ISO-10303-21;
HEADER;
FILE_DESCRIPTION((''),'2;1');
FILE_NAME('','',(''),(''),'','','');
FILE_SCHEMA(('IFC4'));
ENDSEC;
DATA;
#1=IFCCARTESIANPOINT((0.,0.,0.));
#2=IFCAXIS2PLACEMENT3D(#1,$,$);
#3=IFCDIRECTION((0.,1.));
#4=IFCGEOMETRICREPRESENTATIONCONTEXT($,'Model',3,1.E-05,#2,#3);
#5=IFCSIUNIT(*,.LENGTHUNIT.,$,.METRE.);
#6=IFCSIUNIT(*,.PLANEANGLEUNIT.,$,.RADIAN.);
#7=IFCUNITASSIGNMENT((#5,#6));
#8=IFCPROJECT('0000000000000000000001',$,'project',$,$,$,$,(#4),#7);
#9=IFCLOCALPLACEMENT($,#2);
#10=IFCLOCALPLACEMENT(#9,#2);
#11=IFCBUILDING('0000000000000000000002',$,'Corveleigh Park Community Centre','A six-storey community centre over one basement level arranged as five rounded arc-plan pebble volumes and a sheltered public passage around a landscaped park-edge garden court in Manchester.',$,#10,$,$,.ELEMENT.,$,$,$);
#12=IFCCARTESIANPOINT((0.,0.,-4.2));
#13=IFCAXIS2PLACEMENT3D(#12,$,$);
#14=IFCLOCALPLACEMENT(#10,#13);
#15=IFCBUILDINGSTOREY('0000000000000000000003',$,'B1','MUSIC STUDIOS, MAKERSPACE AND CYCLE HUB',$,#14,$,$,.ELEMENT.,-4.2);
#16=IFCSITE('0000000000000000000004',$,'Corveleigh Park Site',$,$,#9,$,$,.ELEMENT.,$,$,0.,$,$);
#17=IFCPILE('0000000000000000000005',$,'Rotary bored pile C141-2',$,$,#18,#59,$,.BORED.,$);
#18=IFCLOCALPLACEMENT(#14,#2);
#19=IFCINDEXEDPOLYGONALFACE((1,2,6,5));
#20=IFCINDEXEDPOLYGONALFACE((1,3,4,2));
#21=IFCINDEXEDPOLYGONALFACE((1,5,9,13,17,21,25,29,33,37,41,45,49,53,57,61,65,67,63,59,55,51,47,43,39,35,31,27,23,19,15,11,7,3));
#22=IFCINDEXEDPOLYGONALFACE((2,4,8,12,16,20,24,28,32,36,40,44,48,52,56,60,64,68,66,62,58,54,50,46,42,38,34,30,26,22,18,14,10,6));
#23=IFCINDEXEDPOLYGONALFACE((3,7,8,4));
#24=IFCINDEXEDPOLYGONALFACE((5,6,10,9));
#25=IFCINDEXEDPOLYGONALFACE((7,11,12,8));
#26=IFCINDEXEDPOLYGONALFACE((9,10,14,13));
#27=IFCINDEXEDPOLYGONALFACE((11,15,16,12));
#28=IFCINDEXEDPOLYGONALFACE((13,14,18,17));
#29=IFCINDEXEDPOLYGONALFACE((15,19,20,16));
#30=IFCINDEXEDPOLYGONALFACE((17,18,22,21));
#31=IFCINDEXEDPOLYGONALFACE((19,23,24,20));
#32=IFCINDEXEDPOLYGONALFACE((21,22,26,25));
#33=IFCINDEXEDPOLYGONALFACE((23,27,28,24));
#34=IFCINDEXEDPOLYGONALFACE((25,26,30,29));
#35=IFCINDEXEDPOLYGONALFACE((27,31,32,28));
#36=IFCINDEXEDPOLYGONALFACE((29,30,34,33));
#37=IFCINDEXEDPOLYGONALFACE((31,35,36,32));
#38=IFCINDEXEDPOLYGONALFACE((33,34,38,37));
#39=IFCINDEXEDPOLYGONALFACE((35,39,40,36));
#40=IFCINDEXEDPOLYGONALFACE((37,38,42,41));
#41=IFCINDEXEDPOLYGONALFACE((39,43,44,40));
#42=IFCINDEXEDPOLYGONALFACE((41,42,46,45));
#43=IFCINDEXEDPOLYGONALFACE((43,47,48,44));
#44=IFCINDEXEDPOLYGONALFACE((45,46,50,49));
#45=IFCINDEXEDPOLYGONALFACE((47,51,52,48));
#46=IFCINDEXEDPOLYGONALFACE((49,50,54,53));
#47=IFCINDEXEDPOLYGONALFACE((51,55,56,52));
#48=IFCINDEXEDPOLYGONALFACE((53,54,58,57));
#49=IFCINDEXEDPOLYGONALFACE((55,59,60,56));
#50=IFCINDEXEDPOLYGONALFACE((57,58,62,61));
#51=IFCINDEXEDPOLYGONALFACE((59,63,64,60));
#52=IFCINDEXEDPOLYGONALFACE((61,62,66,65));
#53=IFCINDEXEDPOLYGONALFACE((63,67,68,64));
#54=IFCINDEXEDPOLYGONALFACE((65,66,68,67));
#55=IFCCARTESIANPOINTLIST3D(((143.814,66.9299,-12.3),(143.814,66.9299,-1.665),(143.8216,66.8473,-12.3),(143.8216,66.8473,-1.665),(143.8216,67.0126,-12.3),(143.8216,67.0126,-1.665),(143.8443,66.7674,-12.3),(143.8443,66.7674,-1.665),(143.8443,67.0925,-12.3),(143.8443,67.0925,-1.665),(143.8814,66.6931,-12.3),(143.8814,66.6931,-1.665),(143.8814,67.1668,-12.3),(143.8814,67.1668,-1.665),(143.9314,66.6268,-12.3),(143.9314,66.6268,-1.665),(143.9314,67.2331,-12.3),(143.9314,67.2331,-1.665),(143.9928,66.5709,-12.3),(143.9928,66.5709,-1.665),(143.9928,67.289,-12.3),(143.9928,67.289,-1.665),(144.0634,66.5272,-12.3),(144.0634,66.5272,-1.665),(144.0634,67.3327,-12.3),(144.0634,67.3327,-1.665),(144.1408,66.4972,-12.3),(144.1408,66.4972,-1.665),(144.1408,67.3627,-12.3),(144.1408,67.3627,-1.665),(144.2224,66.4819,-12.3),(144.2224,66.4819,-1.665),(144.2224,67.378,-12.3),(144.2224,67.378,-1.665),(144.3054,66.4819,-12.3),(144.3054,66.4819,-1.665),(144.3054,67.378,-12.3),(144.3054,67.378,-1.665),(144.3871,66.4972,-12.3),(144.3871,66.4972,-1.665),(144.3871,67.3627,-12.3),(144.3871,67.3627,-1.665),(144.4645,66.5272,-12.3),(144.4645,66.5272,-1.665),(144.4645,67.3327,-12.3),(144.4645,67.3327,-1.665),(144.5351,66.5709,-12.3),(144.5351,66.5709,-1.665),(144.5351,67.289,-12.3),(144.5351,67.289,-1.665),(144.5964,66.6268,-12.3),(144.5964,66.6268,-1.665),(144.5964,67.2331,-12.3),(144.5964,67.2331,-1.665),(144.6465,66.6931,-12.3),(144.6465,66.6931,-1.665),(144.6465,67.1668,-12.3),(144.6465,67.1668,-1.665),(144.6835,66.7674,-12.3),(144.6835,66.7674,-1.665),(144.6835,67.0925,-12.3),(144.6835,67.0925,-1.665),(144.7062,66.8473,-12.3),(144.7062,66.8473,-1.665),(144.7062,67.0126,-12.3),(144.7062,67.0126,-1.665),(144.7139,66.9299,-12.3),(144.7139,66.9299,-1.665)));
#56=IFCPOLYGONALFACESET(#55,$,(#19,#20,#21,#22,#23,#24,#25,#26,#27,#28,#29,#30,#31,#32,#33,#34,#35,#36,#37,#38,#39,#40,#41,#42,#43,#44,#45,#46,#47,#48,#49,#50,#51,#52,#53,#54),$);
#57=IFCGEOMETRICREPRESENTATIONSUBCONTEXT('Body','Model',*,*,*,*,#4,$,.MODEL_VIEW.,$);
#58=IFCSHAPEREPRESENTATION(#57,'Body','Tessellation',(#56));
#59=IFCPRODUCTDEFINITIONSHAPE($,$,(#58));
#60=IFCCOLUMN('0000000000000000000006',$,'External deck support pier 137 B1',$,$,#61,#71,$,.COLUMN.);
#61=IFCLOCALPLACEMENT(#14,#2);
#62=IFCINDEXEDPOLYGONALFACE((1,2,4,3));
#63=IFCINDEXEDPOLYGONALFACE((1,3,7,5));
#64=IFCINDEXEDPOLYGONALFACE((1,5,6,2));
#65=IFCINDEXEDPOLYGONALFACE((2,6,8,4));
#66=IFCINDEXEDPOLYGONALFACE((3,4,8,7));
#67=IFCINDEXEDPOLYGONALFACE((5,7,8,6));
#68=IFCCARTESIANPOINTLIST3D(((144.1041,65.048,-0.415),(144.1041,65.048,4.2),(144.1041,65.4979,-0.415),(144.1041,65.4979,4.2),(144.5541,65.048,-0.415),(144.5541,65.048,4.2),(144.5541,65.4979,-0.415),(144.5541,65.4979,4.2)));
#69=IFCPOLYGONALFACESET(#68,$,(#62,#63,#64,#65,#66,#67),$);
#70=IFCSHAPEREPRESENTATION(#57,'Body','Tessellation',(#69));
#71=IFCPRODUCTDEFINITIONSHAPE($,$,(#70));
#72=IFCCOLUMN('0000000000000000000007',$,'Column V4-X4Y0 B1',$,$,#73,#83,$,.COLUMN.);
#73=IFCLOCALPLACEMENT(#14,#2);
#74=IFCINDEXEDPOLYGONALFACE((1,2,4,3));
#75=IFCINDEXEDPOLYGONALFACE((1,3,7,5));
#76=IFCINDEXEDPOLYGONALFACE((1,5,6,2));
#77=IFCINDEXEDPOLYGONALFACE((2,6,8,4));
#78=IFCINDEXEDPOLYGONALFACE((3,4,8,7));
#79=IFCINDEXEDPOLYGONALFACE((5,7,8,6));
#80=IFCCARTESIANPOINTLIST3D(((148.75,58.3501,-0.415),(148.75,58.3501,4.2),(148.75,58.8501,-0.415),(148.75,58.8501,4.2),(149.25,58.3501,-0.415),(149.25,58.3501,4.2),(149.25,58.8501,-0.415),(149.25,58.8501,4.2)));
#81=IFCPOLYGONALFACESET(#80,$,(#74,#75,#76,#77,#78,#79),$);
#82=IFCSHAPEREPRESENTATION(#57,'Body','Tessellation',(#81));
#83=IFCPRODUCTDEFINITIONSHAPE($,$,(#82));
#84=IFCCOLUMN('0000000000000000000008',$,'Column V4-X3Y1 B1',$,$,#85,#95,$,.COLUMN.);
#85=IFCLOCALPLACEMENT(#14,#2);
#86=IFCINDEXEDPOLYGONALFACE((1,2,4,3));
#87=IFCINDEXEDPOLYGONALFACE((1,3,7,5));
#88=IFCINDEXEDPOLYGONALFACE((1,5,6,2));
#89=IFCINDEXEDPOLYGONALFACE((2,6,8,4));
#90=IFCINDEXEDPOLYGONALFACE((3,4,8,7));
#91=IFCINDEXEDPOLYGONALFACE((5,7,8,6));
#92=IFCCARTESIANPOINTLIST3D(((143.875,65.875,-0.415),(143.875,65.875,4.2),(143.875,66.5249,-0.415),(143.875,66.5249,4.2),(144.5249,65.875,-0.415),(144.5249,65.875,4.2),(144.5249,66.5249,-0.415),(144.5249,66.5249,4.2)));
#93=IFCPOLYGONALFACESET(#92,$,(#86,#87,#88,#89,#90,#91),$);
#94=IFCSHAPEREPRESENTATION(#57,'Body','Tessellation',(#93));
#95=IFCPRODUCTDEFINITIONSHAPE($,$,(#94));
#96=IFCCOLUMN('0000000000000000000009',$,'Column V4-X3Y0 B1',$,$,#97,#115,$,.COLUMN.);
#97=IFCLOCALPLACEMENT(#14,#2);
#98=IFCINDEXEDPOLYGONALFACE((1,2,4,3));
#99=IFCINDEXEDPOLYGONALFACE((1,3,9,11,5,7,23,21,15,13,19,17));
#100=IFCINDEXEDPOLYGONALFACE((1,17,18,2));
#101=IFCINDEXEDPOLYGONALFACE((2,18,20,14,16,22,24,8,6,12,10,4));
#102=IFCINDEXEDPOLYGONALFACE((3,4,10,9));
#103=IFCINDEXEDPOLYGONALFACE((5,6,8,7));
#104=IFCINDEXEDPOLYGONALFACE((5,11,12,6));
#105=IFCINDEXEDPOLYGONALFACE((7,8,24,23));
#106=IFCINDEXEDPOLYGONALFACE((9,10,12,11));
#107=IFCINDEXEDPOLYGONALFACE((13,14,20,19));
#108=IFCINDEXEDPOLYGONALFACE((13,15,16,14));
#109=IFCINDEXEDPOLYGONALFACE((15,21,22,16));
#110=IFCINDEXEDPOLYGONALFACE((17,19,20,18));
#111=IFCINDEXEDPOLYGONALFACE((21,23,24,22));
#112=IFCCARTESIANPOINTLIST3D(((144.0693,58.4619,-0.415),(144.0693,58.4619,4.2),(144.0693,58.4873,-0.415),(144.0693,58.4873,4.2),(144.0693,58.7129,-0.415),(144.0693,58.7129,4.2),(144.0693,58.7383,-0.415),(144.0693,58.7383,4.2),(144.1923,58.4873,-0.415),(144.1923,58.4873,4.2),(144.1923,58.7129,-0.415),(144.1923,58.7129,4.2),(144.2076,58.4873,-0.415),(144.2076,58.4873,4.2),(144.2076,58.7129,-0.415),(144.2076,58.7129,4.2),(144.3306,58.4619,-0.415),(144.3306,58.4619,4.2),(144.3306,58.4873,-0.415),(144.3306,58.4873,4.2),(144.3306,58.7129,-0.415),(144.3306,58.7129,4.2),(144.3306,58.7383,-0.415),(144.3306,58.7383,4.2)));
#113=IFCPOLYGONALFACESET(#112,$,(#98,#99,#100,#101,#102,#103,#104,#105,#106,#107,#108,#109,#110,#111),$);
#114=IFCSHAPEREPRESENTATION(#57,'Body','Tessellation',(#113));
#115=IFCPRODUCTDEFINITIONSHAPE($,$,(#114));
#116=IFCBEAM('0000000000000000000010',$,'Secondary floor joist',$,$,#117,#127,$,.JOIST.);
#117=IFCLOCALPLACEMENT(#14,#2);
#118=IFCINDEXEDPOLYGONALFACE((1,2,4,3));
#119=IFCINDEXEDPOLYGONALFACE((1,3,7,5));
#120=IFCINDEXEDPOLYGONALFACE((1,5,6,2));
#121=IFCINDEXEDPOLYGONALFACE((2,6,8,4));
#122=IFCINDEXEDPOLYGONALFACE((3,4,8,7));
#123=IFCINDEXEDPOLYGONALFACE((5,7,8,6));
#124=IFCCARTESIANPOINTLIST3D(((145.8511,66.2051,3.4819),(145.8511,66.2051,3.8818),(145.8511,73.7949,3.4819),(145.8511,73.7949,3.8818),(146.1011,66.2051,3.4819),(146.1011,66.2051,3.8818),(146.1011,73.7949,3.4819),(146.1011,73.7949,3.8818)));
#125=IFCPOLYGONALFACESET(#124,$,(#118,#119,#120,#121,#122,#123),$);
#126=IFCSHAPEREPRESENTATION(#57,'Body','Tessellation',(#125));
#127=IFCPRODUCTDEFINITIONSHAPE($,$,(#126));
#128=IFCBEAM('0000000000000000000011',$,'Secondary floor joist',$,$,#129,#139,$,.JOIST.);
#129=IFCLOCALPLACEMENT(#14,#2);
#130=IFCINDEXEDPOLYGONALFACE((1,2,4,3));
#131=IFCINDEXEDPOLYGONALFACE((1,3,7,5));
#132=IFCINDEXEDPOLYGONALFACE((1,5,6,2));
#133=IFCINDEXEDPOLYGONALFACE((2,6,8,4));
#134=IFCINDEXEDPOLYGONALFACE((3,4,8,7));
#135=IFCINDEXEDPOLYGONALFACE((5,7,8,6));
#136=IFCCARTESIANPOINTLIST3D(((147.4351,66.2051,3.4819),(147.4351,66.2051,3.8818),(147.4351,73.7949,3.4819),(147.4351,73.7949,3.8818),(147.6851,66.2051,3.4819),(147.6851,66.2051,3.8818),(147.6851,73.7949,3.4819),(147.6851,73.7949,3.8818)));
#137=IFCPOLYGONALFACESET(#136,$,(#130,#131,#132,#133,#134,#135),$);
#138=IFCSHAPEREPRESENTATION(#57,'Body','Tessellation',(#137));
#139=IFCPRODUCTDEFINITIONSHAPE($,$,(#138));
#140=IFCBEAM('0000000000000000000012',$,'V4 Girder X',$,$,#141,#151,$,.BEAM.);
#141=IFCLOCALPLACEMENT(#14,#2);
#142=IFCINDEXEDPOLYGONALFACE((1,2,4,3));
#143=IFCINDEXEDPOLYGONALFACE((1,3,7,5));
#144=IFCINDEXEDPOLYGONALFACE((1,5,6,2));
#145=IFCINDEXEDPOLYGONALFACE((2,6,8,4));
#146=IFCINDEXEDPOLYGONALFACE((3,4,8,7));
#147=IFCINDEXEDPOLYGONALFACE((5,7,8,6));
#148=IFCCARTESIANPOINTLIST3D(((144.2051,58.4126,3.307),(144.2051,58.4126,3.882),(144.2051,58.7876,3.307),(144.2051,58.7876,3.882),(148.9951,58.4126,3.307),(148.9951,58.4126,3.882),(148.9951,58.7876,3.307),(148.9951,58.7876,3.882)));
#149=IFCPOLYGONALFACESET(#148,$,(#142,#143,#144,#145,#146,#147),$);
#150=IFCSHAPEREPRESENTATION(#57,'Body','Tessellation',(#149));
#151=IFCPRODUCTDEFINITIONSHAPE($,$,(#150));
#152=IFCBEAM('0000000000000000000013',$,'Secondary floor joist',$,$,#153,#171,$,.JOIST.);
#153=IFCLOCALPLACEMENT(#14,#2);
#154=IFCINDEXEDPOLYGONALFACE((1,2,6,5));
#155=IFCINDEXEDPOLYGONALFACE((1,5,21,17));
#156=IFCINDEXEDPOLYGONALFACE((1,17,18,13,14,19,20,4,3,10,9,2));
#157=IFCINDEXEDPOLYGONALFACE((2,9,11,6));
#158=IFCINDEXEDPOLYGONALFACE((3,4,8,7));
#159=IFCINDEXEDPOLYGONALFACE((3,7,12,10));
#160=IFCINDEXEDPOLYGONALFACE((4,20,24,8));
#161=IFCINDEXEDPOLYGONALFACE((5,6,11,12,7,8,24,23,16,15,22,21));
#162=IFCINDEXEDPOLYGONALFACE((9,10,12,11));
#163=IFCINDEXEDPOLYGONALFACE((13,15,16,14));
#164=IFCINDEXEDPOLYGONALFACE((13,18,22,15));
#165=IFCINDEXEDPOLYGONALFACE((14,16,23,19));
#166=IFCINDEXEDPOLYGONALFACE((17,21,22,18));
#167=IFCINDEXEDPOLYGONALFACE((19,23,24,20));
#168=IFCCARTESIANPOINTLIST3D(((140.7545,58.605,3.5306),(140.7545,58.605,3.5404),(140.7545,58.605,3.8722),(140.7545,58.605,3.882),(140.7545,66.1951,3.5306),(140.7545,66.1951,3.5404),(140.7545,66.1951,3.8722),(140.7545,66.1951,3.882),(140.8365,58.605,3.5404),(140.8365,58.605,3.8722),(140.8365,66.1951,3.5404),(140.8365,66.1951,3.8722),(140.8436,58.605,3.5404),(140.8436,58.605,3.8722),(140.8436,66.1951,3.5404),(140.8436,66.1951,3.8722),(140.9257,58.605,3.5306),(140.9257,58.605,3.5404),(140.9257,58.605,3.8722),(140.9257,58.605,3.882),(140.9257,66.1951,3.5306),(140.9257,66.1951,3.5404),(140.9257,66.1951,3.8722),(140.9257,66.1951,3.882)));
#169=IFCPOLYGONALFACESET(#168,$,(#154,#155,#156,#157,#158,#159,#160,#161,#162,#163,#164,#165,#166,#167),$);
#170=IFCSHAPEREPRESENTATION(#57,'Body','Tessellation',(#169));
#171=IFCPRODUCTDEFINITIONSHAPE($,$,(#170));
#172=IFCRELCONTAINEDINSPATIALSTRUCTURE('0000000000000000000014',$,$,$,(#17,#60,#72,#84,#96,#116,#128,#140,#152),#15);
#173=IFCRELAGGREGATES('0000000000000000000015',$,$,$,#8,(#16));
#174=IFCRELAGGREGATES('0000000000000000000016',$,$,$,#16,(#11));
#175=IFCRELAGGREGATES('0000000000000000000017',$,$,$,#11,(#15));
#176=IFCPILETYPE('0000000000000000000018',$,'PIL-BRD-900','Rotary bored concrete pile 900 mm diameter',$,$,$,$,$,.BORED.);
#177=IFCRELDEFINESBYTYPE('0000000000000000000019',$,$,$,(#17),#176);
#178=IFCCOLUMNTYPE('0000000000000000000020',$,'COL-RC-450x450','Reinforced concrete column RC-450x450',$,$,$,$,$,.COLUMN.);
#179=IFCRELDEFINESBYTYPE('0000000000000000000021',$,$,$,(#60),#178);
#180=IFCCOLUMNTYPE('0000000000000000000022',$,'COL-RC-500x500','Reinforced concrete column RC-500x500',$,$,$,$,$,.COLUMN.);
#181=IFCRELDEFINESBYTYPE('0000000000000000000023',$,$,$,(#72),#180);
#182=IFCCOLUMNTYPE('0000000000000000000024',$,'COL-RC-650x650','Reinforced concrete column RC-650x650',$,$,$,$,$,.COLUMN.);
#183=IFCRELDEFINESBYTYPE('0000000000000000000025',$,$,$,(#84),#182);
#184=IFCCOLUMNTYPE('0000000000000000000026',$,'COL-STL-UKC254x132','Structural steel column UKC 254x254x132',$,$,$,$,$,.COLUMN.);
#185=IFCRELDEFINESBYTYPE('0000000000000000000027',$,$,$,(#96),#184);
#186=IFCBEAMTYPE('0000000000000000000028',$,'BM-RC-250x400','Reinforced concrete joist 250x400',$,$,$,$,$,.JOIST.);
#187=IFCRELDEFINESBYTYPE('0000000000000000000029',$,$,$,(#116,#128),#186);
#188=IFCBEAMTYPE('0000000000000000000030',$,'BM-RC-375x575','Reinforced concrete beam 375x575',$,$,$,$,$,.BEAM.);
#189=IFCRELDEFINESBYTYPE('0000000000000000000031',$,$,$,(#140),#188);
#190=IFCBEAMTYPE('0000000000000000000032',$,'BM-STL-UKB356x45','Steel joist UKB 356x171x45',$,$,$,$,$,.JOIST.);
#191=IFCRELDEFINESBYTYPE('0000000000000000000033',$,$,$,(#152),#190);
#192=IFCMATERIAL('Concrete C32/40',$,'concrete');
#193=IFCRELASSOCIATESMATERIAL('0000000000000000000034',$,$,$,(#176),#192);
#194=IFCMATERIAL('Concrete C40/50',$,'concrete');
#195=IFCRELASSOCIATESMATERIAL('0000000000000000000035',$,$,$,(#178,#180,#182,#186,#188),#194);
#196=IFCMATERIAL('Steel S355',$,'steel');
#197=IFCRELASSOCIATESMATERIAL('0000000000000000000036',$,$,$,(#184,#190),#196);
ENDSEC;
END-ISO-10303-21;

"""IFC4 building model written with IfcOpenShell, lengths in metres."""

from ifc_helpers import new_model, si_unit, direction, frame, origin, origin_2d, place, context, subcontext, project, spatial, rectangle, circle, i_section, extrude, material, material_profile, profile_set, type_object, element, save


model = new_model("IFC4")

# Units and contexts
model_context = context("Model", 3, precision=1e-05, world=origin(), true_north=direction((0.0, 1.0)))
body_context = subcontext(model_context, "Body", "Model", "MODEL_VIEW")
ifc_project = project(units=[si_unit("LENGTHUNIT", "METRE"), si_unit("PLANEANGLEUNIT", "RADIAN")], contexts=[model_context])

# Site, building, storey
site_placement = place(None, origin())
site = spatial("IfcSite", under=ifc_project, at=site_placement, Name="Corveleigh Park Site", CompositionType="ELEMENT", RefElevation=0.0)
building_placement = place(site_placement, origin())
building = spatial("IfcBuilding", under=site, at=building_placement, Name="Corveleigh Park Community Centre", Description="A six-storey community centre over one basement level arranged as five rounded arc-plan pebble volumes and a sheltered public passage around a landscaped park-edge garden court in Manchester.", CompositionType="ELEMENT")
storey_placement = place(building_placement, frame((0.0, 0.0, -4.2)))
storey = spatial("IfcBuildingStorey", under=building, at=storey_placement, Name="B1", Description="MUSIC STUDIOS, MAKERSPACE AND CYCLE HUB", CompositionType="ELEMENT", Elevation=-4.2)

# Shared definitions
ifc_material_1 = material(Name="Concrete C40/50", Category="concrete")

# Pile
ifc_material_2 = material(Name="Concrete C32/40", Category="concrete")
ifc_material_profile_1 = material_profile(ifc_material_2, circle(Radius=0.45, at=origin_2d()), Name="BORED-PILE-900", Category="concrete")
ifc_profile_set_1 = profile_set([ifc_material_profile_1], Name="Concrete C32/40")
pile_type = type_object("IfcPileType", Name="PIL-BRD-900", Description="Rotary bored concrete pile 900 mm diameter", PredefinedType="BORED", material=ifc_profile_set_1)
for number, where, z_axis, x_axis, name in (
    (1, (144.2639, 66.9299, -1.665), (0.0, 0.0, -1.0), (1.0, 0.0, 0.0), "Rotary bored pile C141-2"),
):
    element("IfcPile", number, at=place(storey_placement, frame(where, z_axis=z_axis, x_axis=x_axis)), inside=storey, type_object=pile_type, Name=name, PredefinedType="BORED", context=body_context, shape_type="SweptSolid", body=[
        extrude(circle(Radius=0.45, at=origin_2d()), origin(), (0.0, 0.0, 1.0), 10.635),
    ])

# Columns
ifc_material_profile_2 = material_profile(ifc_material_1, rectangle(XDim=0.45, YDim=0.45, at=origin_2d()), Name="RC-450x450", Category="concrete")
ifc_profile_set_2 = profile_set([ifc_material_profile_2], Name="Concrete C40/50")
column_type_1 = type_object("IfcColumnType", Name="COL-RC-450x450", Description="Reinforced concrete column RC-450x450", PredefinedType="COLUMN", material=ifc_profile_set_2)
column_1_placement = place(storey_placement, frame((144.3291, 65.2729, -0.415), z_axis=(0.0, 0.0, 1.0), x_axis=(1.0, 0.0, 0.0)))
element("IfcColumn", 2, at=column_1_placement, inside=storey, type_object=column_type_1, Name="External deck support pier 137 B1", PredefinedType="COLUMN", context=body_context, shape_type="SweptSolid", body=[
    extrude(rectangle(XDim=0.45, YDim=0.45, at=origin_2d()), origin(), (0.0, 0.0, 1.0), 4.615),
])
ifc_material_profile_3 = material_profile(ifc_material_1, rectangle(XDim=0.5, YDim=0.5, at=origin_2d()), Name="RC-500x500", Category="concrete")
ifc_profile_set_3 = profile_set([ifc_material_profile_3], Name="Concrete C40/50")
column_type_2 = type_object("IfcColumnType", Name="COL-RC-500x500", Description="Reinforced concrete column RC-500x500", PredefinedType="COLUMN", material=ifc_profile_set_3)
column_2_placement = place(storey_placement, frame((149.0, 58.6001, -0.415), z_axis=(0.0, 0.0, 1.0), x_axis=(1.0, 0.0, 0.0)))
element("IfcColumn", 3, at=column_2_placement, inside=storey, type_object=column_type_2, Name="Column V4-X4Y0 B1", PredefinedType="COLUMN", context=body_context, shape_type="SweptSolid", body=[
    extrude(rectangle(XDim=0.5, YDim=0.5, at=origin_2d()), origin(), (0.0, 0.0, 1.0), 4.615),
])
ifc_material_profile_4 = material_profile(ifc_material_1, rectangle(XDim=0.6499, YDim=0.6499, at=origin_2d()), Name="RC-650x650", Category="concrete")
ifc_profile_set_4 = profile_set([ifc_material_profile_4], Name="Concrete C40/50")
column_type_3 = type_object("IfcColumnType", Name="COL-RC-650x650", Description="Reinforced concrete column RC-650x650", PredefinedType="COLUMN", material=ifc_profile_set_4)
column_3_placement = place(storey_placement, frame((144.2, 66.2, -0.415), z_axis=(0.0, 0.0, 1.0), x_axis=(1.0, 0.0, 0.0)))
element("IfcColumn", 4, at=column_3_placement, inside=storey, type_object=column_type_3, Name="Column V4-X3Y1 B1", PredefinedType="COLUMN", context=body_context, shape_type="SweptSolid", body=[
    extrude(rectangle(XDim=0.6499, YDim=0.6499, at=origin_2d()), origin(), (0.0, 0.0, 1.0), 4.615),
])
ifc_material_3 = material(Name="Steel S355", Category="steel")
ifc_material_profile_5 = material_profile(ifc_material_3, i_section(OverallWidth=0.2612, OverallDepth=0.2764, WebThickness=0.0154, FlangeThickness=0.0254, at=origin_2d()), Name="UKC 254x254x132", Category="steel")
ifc_profile_set_5 = profile_set([ifc_material_profile_5], Name="Steel S355")
column_type_4 = type_object("IfcColumnType", Name="COL-STL-UKC254x132", Description="Structural steel column UKC 254x254x132", PredefinedType="COLUMN", material=ifc_profile_set_5)
column_4_placement = place(storey_placement, frame((144.2, 58.6001, -0.415), z_axis=(0.0, 0.0, 1.0), x_axis=(1.0, 0.0, 0.0)))
element("IfcColumn", 5, at=column_4_placement, inside=storey, type_object=column_type_4, Name="Column V4-X3Y0 B1", PredefinedType="COLUMN", context=body_context, shape_type="SweptSolid", body=[
    extrude(i_section(OverallWidth=0.2612, OverallDepth=0.2764, WebThickness=0.0154, FlangeThickness=0.0254, at=origin_2d()), origin(), (0.0, 0.0, 1.0), 4.615),
])

# Beams
ifc_material_profile_6 = material_profile(ifc_material_1, rectangle(XDim=0.25, YDim=0.3999, at=origin_2d()), Name="RC-250x400", Category="concrete")
ifc_profile_set_6 = profile_set([ifc_material_profile_6], Name="Concrete C40/50")
beam_type_1 = type_object("IfcBeamType", Name="BM-RC-250x400", Description="Reinforced concrete joist 250x400", PredefinedType="JOIST", material=ifc_profile_set_6)
for number, where, z_axis, x_axis, name in (
    (6, (145.9761, 66.2051, 3.6819), (0.0, 1.0, 0.0), (-1.0, 0.0, 0.0), "Secondary floor joist"),
    (7, (147.5601, 66.2051, 3.6819), (0.0, 1.0, 0.0), (-1.0, 0.0, 0.0), "Secondary floor joist"),
):
    element("IfcBeam", number, at=place(storey_placement, frame(where, z_axis=z_axis, x_axis=x_axis)), inside=storey, type_object=beam_type_1, Name=name, PredefinedType="JOIST", context=body_context, shape_type="SweptSolid", body=[
        extrude(rectangle(XDim=0.25, YDim=0.3999, at=origin_2d()), origin(), (0.0, 0.0, 1.0), 7.5898),
    ])
ifc_material_profile_7 = material_profile(ifc_material_1, rectangle(XDim=0.375, YDim=0.575, at=origin_2d()), Name="RC-375x575", Category="concrete")
ifc_profile_set_7 = profile_set([ifc_material_profile_7], Name="Concrete C40/50")
beam_type_2 = type_object("IfcBeamType", Name="BM-RC-375x575", Description="Reinforced concrete beam 375x575", PredefinedType="BEAM", material=ifc_profile_set_7)
beam_1_placement = place(storey_placement, frame((144.2051, 58.6001, 3.5945), z_axis=(1.0, 0.0, 0.0), x_axis=(0.0, 1.0, 0.0)))
element("IfcBeam", 8, at=beam_1_placement, inside=storey, type_object=beam_type_2, Name="V4 Girder X", PredefinedType="BEAM", context=body_context, shape_type="SweptSolid", body=[
    extrude(rectangle(XDim=0.375, YDim=0.575, at=origin_2d()), origin(), (0.0, 0.0, 1.0), 4.79),
])
ifc_material_profile_8 = material_profile(ifc_material_3, i_section(OverallWidth=0.1711, OverallDepth=0.3513, WebThickness=0.0071, FlangeThickness=0.0098, at=origin_2d()), Name="UKB 356x171x45", Category="steel")
ifc_profile_set_8 = profile_set([ifc_material_profile_8], Name="Steel S355")
beam_type_3 = type_object("IfcBeamType", Name="BM-STL-UKB356x45", Description="Steel joist UKB 356x171x45", PredefinedType="JOIST", material=ifc_profile_set_8)
for number, where, z_axis, x_axis, name in (
    (9, (140.8401, 58.605, 3.7063), (0.0, 1.0, 0.0), (-1.0, 0.0, 0.0), "Secondary floor joist"),
):
    element("IfcBeam", number, at=place(storey_placement, frame(where, z_axis=z_axis, x_axis=x_axis)), inside=storey, type_object=beam_type_3, Name=name, PredefinedType="JOIST", context=body_context, shape_type="SweptSolid", body=[
        extrude(i_section(OverallWidth=0.1711, OverallDepth=0.3513, WebThickness=0.0071, FlangeThickness=0.0098, at=origin_2d()), origin(), (0.0, 0.0, 1.0), 7.5901),
    ])

save(model, "model.ifc")
